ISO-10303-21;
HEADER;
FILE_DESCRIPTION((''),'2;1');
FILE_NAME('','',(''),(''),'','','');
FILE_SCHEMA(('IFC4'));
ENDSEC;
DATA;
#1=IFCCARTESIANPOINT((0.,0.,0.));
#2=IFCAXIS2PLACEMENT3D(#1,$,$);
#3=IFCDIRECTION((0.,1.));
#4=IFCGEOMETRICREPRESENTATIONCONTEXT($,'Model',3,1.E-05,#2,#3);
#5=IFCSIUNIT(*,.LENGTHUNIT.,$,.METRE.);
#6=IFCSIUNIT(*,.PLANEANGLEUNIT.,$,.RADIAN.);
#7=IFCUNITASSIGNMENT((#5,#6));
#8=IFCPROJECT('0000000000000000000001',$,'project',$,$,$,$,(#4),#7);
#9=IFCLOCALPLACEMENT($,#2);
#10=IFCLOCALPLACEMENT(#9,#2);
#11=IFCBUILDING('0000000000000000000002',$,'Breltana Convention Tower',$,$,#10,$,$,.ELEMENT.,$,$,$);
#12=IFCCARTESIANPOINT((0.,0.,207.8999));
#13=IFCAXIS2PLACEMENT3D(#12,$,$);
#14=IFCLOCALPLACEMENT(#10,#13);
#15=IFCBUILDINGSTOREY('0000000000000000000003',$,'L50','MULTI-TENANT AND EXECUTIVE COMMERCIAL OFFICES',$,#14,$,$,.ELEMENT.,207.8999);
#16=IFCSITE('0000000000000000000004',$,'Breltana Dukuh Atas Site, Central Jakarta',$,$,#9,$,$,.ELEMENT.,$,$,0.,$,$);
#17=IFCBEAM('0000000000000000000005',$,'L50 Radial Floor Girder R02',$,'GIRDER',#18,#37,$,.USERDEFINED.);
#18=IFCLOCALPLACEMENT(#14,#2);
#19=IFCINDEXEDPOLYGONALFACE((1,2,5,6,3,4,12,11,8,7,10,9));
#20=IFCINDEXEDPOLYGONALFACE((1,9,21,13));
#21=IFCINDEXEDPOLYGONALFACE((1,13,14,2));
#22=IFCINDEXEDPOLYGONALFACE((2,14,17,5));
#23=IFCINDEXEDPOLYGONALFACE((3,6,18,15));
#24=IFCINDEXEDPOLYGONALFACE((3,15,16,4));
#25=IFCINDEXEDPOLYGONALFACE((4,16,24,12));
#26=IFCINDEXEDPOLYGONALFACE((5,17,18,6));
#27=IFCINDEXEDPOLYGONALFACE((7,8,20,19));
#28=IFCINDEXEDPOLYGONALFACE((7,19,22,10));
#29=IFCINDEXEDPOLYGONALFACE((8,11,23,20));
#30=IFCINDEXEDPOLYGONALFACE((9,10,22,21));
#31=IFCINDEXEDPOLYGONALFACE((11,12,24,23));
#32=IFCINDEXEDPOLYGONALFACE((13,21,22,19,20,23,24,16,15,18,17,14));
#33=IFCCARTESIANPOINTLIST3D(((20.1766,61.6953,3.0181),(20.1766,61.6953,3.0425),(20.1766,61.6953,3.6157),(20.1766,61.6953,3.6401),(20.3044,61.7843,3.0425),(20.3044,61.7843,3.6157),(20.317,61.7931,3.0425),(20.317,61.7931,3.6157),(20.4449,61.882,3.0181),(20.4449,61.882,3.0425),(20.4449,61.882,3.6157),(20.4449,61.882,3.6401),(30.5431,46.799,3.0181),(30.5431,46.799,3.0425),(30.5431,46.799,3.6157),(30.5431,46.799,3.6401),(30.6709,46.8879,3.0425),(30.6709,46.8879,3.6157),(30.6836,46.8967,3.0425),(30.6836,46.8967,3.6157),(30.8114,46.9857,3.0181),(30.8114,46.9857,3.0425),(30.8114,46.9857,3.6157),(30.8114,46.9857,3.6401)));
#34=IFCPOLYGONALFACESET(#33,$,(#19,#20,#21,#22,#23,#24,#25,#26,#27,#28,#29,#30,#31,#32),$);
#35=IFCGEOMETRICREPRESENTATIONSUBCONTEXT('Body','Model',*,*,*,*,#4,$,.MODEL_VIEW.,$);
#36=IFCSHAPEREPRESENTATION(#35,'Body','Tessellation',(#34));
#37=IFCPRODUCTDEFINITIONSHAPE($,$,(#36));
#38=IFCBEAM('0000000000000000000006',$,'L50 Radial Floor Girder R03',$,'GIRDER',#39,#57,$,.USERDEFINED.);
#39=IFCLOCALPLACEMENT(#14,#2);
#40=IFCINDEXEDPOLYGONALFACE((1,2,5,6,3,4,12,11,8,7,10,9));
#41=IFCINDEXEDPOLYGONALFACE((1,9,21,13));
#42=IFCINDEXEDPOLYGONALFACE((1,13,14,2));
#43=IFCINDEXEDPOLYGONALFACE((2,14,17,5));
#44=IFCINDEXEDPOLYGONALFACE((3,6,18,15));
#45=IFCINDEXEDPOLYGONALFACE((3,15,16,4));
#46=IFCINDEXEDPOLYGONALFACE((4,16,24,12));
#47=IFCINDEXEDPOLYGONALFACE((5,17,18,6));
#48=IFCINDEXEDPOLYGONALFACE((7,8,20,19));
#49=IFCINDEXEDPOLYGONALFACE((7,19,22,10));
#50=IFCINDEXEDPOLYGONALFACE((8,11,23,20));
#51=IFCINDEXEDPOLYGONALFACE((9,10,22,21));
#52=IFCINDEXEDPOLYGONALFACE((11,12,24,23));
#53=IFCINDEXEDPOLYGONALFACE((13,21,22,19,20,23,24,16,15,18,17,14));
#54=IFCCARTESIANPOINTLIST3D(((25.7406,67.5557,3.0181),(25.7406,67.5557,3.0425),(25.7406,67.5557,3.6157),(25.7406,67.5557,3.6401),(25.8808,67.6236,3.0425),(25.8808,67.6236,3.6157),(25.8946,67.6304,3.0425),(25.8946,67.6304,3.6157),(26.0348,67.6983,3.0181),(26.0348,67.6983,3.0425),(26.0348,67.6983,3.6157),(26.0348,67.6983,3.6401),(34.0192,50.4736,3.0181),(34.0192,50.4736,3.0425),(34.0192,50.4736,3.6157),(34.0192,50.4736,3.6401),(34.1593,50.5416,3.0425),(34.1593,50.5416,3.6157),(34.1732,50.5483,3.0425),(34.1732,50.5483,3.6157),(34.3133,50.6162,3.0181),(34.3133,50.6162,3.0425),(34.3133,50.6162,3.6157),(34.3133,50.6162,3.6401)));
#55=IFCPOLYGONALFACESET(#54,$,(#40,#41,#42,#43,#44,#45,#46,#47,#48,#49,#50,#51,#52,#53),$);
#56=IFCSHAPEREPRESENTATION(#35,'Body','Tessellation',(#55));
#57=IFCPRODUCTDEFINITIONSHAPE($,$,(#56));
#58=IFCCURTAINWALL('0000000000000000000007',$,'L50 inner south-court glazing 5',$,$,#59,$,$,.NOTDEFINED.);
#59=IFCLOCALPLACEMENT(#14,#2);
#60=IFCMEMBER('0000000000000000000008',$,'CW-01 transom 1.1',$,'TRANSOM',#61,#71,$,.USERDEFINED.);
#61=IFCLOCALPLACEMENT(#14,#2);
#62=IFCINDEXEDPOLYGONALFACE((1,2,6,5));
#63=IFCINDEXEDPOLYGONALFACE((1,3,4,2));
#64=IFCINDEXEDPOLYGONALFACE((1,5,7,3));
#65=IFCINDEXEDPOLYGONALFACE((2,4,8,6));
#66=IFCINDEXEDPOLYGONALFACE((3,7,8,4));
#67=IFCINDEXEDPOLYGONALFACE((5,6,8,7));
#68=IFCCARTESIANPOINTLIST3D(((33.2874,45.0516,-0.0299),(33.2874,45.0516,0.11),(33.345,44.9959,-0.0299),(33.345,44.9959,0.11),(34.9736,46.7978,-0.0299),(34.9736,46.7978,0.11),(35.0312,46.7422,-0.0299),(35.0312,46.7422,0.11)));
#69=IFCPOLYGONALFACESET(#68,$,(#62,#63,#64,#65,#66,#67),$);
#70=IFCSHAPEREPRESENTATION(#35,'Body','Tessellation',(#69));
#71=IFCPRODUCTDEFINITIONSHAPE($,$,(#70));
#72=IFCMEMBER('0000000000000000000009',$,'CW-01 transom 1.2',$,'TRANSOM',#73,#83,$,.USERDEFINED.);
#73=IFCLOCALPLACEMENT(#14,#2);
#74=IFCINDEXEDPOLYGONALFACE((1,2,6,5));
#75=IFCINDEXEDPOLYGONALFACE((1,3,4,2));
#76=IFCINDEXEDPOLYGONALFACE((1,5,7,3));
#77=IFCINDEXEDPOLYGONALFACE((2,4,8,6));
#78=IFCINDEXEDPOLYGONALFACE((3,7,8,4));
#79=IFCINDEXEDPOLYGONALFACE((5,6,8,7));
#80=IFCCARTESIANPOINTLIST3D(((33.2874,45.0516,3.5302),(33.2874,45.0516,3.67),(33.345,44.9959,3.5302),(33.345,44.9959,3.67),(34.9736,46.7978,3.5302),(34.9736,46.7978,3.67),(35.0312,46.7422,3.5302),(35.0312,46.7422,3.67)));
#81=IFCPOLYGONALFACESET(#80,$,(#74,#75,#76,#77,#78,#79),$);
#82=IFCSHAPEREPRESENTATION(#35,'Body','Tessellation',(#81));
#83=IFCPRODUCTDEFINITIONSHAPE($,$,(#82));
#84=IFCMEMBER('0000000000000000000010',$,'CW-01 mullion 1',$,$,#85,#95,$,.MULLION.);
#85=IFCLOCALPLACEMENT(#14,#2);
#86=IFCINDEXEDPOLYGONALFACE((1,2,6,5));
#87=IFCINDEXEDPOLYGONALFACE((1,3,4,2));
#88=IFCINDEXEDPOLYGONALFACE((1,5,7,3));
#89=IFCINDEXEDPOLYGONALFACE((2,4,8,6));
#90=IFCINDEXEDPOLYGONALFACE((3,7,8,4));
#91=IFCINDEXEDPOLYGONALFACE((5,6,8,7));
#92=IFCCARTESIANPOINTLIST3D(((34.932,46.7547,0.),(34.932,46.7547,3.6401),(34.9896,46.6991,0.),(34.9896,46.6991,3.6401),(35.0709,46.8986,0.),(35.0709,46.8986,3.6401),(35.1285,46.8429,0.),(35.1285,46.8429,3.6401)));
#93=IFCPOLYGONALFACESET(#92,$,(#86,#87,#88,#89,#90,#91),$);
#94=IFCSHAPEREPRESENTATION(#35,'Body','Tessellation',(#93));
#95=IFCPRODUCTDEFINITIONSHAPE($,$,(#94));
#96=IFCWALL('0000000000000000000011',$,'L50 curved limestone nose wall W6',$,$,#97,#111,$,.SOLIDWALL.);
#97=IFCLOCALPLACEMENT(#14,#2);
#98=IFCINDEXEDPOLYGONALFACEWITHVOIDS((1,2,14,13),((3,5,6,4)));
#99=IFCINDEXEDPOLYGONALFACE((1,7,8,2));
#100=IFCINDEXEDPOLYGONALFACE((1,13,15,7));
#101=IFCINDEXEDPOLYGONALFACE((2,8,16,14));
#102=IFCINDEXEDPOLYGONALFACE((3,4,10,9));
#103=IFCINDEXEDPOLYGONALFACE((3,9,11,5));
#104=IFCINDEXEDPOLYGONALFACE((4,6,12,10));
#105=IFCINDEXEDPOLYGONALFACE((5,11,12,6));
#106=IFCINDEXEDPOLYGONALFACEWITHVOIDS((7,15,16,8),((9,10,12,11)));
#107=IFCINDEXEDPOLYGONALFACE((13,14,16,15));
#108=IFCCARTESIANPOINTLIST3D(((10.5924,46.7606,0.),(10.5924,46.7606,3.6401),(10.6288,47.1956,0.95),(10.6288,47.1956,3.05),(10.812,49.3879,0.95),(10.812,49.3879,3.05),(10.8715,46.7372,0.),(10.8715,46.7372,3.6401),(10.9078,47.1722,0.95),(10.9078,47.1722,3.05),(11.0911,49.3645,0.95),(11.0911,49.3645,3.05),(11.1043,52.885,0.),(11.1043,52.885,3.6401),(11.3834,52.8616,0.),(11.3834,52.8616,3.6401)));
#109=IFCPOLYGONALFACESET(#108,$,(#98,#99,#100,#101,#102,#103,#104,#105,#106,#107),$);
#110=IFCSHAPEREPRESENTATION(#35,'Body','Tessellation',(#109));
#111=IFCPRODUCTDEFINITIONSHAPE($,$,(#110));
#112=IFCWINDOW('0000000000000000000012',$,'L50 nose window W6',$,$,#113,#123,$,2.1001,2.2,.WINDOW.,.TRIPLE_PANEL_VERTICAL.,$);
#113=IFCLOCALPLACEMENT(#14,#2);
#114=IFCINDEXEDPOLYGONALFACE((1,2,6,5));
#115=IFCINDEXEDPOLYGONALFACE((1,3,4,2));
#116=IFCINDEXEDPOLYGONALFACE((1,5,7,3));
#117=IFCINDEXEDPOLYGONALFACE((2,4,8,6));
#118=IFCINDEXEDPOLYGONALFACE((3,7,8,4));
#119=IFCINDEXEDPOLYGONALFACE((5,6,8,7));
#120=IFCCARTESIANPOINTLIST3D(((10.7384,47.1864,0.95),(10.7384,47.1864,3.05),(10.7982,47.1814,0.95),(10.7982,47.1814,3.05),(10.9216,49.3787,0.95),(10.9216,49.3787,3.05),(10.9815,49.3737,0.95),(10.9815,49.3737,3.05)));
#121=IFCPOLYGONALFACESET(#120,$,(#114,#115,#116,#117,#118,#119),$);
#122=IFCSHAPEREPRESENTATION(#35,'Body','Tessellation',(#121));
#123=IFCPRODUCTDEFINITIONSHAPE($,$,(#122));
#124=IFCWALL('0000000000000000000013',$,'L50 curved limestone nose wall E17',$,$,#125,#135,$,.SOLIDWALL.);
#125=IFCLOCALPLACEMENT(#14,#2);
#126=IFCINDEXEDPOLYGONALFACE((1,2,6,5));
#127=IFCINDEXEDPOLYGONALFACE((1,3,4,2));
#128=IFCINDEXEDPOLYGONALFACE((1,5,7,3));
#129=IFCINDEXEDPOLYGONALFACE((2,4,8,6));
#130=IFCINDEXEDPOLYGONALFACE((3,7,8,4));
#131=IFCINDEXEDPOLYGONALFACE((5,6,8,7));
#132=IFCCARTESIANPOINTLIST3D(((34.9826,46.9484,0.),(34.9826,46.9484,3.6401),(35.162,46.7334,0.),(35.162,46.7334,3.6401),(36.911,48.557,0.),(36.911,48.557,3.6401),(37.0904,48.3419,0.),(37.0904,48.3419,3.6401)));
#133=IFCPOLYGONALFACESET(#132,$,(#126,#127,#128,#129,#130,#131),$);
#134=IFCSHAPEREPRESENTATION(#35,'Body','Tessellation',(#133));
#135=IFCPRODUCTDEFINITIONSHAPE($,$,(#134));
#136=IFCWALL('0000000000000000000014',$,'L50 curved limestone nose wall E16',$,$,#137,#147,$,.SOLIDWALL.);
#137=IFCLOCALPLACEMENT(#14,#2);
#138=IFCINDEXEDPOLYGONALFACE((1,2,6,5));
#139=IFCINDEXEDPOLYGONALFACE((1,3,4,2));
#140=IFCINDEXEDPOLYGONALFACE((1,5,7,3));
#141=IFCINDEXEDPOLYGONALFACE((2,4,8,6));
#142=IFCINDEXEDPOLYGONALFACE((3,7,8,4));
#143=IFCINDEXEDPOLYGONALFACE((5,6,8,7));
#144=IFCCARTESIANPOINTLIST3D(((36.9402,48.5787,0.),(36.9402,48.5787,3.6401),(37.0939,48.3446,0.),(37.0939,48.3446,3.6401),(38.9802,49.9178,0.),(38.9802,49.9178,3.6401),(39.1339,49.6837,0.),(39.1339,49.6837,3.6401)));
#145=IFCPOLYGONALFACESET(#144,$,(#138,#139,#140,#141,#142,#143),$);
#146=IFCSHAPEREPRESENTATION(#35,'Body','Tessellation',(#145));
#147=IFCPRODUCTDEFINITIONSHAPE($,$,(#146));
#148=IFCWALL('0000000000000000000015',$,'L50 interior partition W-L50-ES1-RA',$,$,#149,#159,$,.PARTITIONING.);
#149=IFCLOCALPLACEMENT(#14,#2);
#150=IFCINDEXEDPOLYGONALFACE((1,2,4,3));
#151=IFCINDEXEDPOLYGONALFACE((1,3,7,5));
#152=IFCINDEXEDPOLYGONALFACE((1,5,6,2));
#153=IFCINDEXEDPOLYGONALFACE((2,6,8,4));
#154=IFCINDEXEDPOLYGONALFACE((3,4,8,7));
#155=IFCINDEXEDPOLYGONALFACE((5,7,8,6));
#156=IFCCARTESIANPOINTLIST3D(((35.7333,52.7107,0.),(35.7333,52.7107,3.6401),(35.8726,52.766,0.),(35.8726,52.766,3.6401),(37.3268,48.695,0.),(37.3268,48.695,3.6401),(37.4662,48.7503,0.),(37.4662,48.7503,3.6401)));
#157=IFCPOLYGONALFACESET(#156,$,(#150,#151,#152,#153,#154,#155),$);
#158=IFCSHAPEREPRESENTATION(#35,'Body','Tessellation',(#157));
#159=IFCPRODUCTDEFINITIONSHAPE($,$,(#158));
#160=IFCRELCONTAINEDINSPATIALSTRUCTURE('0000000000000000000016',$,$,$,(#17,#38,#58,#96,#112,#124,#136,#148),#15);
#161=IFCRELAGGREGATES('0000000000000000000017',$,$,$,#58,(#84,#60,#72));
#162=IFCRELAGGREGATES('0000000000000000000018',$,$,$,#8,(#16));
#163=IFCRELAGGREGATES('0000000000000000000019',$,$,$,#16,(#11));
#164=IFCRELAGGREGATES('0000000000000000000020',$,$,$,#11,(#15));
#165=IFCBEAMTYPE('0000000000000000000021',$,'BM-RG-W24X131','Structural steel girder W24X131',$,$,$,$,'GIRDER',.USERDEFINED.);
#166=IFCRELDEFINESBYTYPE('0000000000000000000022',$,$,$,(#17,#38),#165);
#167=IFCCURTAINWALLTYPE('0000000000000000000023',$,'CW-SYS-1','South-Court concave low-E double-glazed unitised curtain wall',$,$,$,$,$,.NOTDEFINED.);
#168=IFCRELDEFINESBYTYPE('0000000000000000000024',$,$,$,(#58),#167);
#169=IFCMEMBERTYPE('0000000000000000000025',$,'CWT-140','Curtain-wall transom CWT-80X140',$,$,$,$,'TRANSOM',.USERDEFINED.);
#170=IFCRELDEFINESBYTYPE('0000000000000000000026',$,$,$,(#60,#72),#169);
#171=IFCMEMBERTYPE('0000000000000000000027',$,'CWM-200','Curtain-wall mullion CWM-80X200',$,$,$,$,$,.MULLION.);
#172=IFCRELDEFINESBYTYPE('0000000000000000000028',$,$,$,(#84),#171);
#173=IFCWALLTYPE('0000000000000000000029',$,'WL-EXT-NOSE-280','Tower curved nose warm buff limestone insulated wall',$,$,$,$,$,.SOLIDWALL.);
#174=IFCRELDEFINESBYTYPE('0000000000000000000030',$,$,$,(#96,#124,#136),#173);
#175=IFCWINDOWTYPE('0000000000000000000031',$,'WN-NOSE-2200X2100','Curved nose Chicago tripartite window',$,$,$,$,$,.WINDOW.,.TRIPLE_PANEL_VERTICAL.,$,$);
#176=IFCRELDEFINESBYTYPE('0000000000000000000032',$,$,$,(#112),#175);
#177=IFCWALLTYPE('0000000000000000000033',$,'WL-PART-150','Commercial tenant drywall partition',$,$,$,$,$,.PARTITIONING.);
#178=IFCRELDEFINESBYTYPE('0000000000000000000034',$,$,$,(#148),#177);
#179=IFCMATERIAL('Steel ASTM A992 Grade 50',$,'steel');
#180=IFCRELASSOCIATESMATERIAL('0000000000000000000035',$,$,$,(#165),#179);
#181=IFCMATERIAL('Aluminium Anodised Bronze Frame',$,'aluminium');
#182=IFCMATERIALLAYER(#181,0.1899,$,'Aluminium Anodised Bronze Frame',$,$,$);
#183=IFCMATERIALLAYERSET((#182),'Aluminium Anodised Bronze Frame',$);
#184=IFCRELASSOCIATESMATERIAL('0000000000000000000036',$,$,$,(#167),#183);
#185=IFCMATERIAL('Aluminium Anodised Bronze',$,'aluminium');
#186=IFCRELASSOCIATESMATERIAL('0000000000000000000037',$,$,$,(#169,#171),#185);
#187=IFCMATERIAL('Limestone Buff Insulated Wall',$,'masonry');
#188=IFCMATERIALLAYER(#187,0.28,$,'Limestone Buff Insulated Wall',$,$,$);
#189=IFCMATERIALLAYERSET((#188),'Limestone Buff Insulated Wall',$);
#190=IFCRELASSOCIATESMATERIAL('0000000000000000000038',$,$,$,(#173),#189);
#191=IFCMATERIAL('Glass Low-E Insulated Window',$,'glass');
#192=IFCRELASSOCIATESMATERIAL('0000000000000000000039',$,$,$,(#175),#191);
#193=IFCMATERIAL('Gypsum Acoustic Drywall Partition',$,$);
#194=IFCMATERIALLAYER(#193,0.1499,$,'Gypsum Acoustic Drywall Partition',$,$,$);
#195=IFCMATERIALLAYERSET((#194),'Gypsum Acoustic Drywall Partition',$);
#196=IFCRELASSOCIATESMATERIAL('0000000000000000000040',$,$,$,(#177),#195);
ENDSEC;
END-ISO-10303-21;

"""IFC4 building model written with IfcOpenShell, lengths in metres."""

from ifc_helpers import new_model, si_unit, direction, frame, frame_2d, origin, origin_2d, place, context, subcontext, project, spatial, rectangle, i_section, extrude, source, transform, mapped, material, layer, layer_set, material_profile, profile_set, type_object, type_shapes, element, fill, aggregate, save


model = new_model("IFC4")

# Units and contexts
model_context = context("Model", 3, precision=1e-05, world=origin(), true_north=direction((0.0, 1.0)))
body_context = subcontext(model_context, "Body", "Model", "MODEL_VIEW")
ifc_project = project(units=[si_unit("LENGTHUNIT", "METRE"), si_unit("PLANEANGLEUNIT", "RADIAN")], contexts=[model_context])

# Site, building, storey
site_placement = place(None, origin())
site = spatial("IfcSite", under=ifc_project, at=site_placement, Name="Breltana Dukuh Atas Site, Central Jakarta", CompositionType="ELEMENT", RefElevation=0.0)
building_placement = place(site_placement, origin())
building = spatial("IfcBuilding", under=site, at=building_placement, Name="Breltana Convention Tower", CompositionType="ELEMENT")
storey_placement = place(building_placement, frame((0.0, 0.0, 207.8999)))
storey = spatial("IfcBuildingStorey", under=building, at=storey_placement, Name="L50", Description="MULTI-TENANT AND EXECUTIVE COMMERCIAL OFFICES", CompositionType="ELEMENT", Elevation=207.8999)

# Shared definitions
ifc_material_1 = material(Name="Steel ASTM A992 Grade 50", Category="steel")

# Beams
ifc_material_profile_1 = material_profile(ifc_material_1, i_section(OverallWidth=0.3269, OverallDepth=0.6221, WebThickness=0.0154, FlangeThickness=0.0244, at=origin_2d()), Name="W24X131")
ifc_profile_set_1 = profile_set([ifc_material_profile_1], Name="Steel ASTM A992 Grade 50")
beam_type_1 = type_object("IfcBeamType", Name="BM-RG-W24X131", Description="Structural steel girder W24X131", ElementType="GIRDER", PredefinedType="USERDEFINED", material=ifc_profile_set_1)
shared_shape_1 = source(origin(), body_context, "Body", "SweptSolid", [
    extrude(i_section(OverallWidth=0.3269, OverallDepth=0.6221, WebThickness=0.0154, FlangeThickness=0.0244, at=origin_2d()), origin(), (0.0, 0.0, 1.0), 18.1484),
])
beam_1_placement = place(storey_placement, frame((30.6772, 46.8923, 3.3291), z_axis=(-0.571208, 0.820806, 0.0), x_axis=(-0.820806, -0.571208, 0.0)))
element("IfcBeam", 1, at=beam_1_placement, inside=storey, type_object=beam_type_1, Name="L50 Radial Floor Girder R02", ObjectType="GIRDER", PredefinedType="USERDEFINED", context=body_context, shape_type="MappedRepresentation", body=[
    mapped(shared_shape_1, transform((0.0, 0.0, 0.0), scale=1.0)),
])
shared_shape_2 = source(origin(), body_context, "Body", "SweptSolid", [
    extrude(i_section(OverallWidth=0.3269, OverallDepth=0.6221, WebThickness=0.0154, FlangeThickness=0.0244, at=origin_2d()), origin(), (0.0, 0.0, 1.0), 18.9824),
])
beam_2_placement = place(storey_placement, frame((34.1663, 50.5449, 3.3291), z_axis=(-0.436119, 0.899889, 0.0), x_axis=(-0.899889, -0.436119, 0.0)))
element("IfcBeam", 2, at=beam_2_placement, inside=storey, type_object=beam_type_1, Name="L50 Radial Floor Girder R03", ObjectType="GIRDER", PredefinedType="USERDEFINED", context=body_context, shape_type="MappedRepresentation", body=[
    mapped(shared_shape_2, transform((0.0, 0.0, 0.0), scale=1.0)),
])

# Curtain wall, members
ifc_material_2 = material(Name="Aluminium Anodised Bronze Frame", Category="aluminium")
ifc_layer_1 = layer(ifc_material_2, 0.1899, Name="Aluminium Anodised Bronze Frame")
ifc_layer_set_1 = layer_set([ifc_layer_1], Name="Aluminium Anodised Bronze Frame")
curtain_wall_type = type_object("IfcCurtainWallType", Name="CW-SYS-1", Description="South-Court concave low-E double-glazed unitised curtain wall", PredefinedType="NOTDEFINED", material=ifc_layer_set_1)
curtain_wall_placement = place(storey_placement, origin())
curtain_wall = element("IfcCurtainWall", 3, at=curtain_wall_placement, inside=storey, type_object=curtain_wall_type, Name="L50 inner south-court glazing 5", PredefinedType="NOTDEFINED")
ifc_material_3 = material(Name="Aluminium Anodised Bronze", Category="aluminium")
ifc_material_profile_2 = material_profile(ifc_material_3, rectangle(XDim=0.0801, YDim=0.1399, at=origin_2d()), Name="CWT-80X140")
ifc_profile_set_2 = profile_set([ifc_material_profile_2], Name="Aluminium Anodised Bronze")
member_type_1 = type_object("IfcMemberType", Name="CWT-140", Description="Curtain-wall transom CWT-80X140", ElementType="TRANSOM", PredefinedType="USERDEFINED", material=ifc_profile_set_2)
shared_shape_3 = source(origin(), body_context, "Body", "SweptSolid", [
    extrude(rectangle(XDim=0.0801, YDim=0.1399, at=origin_2d()), origin(), (0.0, 0.0, 1.0), 2.4275),
])
member_1_placement = place(storey_placement, frame((35.0024, 46.77, 0.04), z_axis=(-0.694629, -0.719369, 0.0), x_axis=(0.719369, -0.694629, 0.0)))
member_1 = element("IfcMember", 4, at=member_1_placement, type_object=member_type_1, Name="CW-01 transom 1.1", ObjectType="TRANSOM", PredefinedType="USERDEFINED", context=body_context, shape_type="MappedRepresentation", body=[
    mapped(shared_shape_3, transform((0.0, 0.0, 0.0), scale=1.0)),
])
member_2_placement = place(storey_placement, frame((35.0024, 46.77, 3.6001), z_axis=(-0.694629, -0.719369, 0.0), x_axis=(0.719369, -0.694629, 0.0)))
member_2 = element("IfcMember", 5, at=member_2_placement, type_object=member_type_1, Name="CW-01 transom 1.2", ObjectType="TRANSOM", PredefinedType="USERDEFINED", context=body_context, shape_type="MappedRepresentation", body=[
    mapped(shared_shape_3, transform((0.0, 0.0, 0.0), scale=1.0)),
])
ifc_material_profile_3 = material_profile(ifc_material_3, rectangle(XDim=0.0801, YDim=0.2, at=origin_2d()), Name="CWM-80X200")
ifc_profile_set_3 = profile_set([ifc_material_profile_3], Name="Aluminium Anodised Bronze")
member_type_2 = type_object("IfcMemberType", Name="CWM-200", Description="Curtain-wall mullion CWM-80X200", PredefinedType="MULLION", material=ifc_profile_set_3)
shared_shape_4 = source(origin(), body_context, "Body", "SweptSolid", [
    extrude(rectangle(XDim=0.0801, YDim=0.2, at=origin_2d()), origin(), (0.0, 0.0, 1.0), 3.6401),
])
member_3_placement = place(storey_placement, frame((35.0303, 46.7988, 0.0), z_axis=(0.0, 0.0, 1.0), x_axis=(0.719366, -0.694632, 0.0)))
member_3 = element("IfcMember", 6, at=member_3_placement, type_object=member_type_2, Name="CW-01 mullion 1", PredefinedType="MULLION", context=body_context, shape_type="MappedRepresentation", body=[
    mapped(shared_shape_4, transform((0.0, 0.0, 0.0), scale=1.0)),
])
aggregate(curtain_wall, [member_3, member_1, member_2])

# Wall, opening, window
ifc_material_4 = material(Name="Limestone Buff Insulated Wall", Category="masonry")
ifc_layer_2 = layer(ifc_material_4, 0.28, Name="Limestone Buff Insulated Wall")
ifc_layer_set_2 = layer_set([ifc_layer_2], Name="Limestone Buff Insulated Wall")
wall_type_1 = type_object("IfcWallType", Name="WL-EXT-NOSE-280", Description="Tower curved nose warm buff limestone insulated wall", PredefinedType="SOLIDWALL", material=ifc_layer_set_2)
shared_shape_5 = source(origin(), body_context, "Body", "SweptSolid", [
    extrude(rectangle(XDim=6.1458, YDim=0.28, at=frame_2d((3.0728, 0.0))), origin(), (0.0, 0.0, 1.0), 3.6401),
])
wall_1_placement = place(storey_placement, frame((10.7319, 46.749, 0.0), z_axis=(0.0, 0.0, 1.0), x_axis=(0.083302, 0.996524, 0.0)))
wall_1 = element("IfcWall", 7, at=wall_1_placement, inside=storey, type_object=wall_type_1, Name="L50 curved limestone nose wall W6", PredefinedType="SOLIDWALL", context=body_context, shape_type="MappedRepresentation", body=[
    mapped(shared_shape_5, transform((0.0, 0.0, 0.0), scale=1.0)),
])
opening_placement = place(wall_1_placement, frame((0.4363, 0.0, 0.95)))
opening = element("IfcOpeningElement", 8, at=opening_placement, cuts=wall_1, PredefinedType="OPENING", context=body_context, shape_type="SweptSolid", body=[
    extrude(rectangle(XDim=2.2, YDim=2.1001, at=frame_2d((1.1001, 1.05))), frame((0.0, 0.1499, 0.0), z_axis=(0.0, -1.0, 0.0), x_axis=(1.0, 0.0, 0.0)), (0.0, 0.0, 1.0), 0.3),
])
ifc_material_5 = material(Name="Glass Low-E Insulated Window", Category="glass")
window_type = type_object("IfcWindowType", Name="WN-NOSE-2200X2100", Description="Curved nose Chicago tripartite window", PartitioningType="TRIPLE_PANEL_VERTICAL", PredefinedType="WINDOW", material=ifc_material_5)
shared_shape_6 = source(origin(), body_context, "Body", "SweptSolid", [
    extrude(rectangle(XDim=2.2, YDim=2.1001, at=frame_2d((1.1001, 1.05))), frame((0.0, 0.03, 0.0), z_axis=(0.0, -1.0, 0.0), x_axis=(1.0, 0.0, 0.0)), (0.0, 0.0, 1.0), 0.0601),
])
type_shapes(window_type, [shared_shape_6])
window_placement = place(opening_placement, origin())
window = element("IfcWindow", 9, at=window_placement, inside=storey, type_object=window_type, Name="L50 nose window W6", OverallHeight=2.1001, OverallWidth=2.2, PartitioningType="TRIPLE_PANEL_VERTICAL", PredefinedType="WINDOW", context=body_context, shape_type="MappedRepresentation", body=[
    mapped(shared_shape_6, transform((0.0, 0.0, 0.0), scale=1.0)),
])
fill(opening, window)

# Walls
shared_shape_7 = source(origin(), body_context, "Body", "SweptSolid", [
    extrude(rectangle(XDim=2.5112, YDim=0.28, at=frame_2d((1.2556, 0.0))), origin(), (0.0, 0.0, 1.0), 3.6401),
])
wall_2_placement = place(storey_placement, frame((37.0007, 48.4495, 0.0), z_axis=(0.0, 0.0, 1.0), x_axis=(-0.76791, -0.640557, 0.0)))
element("IfcWall", 10, at=wall_2_placement, inside=storey, type_object=wall_type_1, Name="L50 curved limestone nose wall E17", PredefinedType="SOLIDWALL", context=body_context, shape_type="MappedRepresentation", body=[
    mapped(shared_shape_7, transform((0.0, 0.0, 0.0), scale=1.0)),
])
shared_shape_8 = source(origin(), body_context, "Body", "SweptSolid", [
    extrude(rectangle(XDim=2.4402, YDim=0.28, at=frame_2d((1.2202, 0.0))), origin(), (0.0, 0.0, 1.0), 3.6401),
])
wall_3_placement = place(storey_placement, frame((39.0571, 49.8008, 0.0), z_axis=(0.0, 0.0, 1.0), x_axis=(-0.835985, -0.548753, 0.0)))
element("IfcWall", 11, at=wall_3_placement, inside=storey, type_object=wall_type_1, Name="L50 curved limestone nose wall E16", PredefinedType="SOLIDWALL", context=body_context, shape_type="MappedRepresentation", body=[
    mapped(shared_shape_8, transform((0.0, 0.0, 0.0), scale=1.0)),
])
ifc_material_6 = material(Name="Gypsum Acoustic Drywall Partition")
ifc_layer_3 = layer(ifc_material_6, 0.1499, Name="Gypsum Acoustic Drywall Partition")
ifc_layer_set_3 = layer_set([ifc_layer_3], Name="Gypsum Acoustic Drywall Partition")
wall_type_2 = type_object("IfcWallType", Name="WL-PART-150", Description="Commercial tenant drywall partition", PredefinedType="PARTITIONING", material=ifc_layer_set_3)
shared_shape_9 = source(origin(), body_context, "Body", "SweptSolid", [
    extrude(rectangle(XDim=4.3203, YDim=0.1499, at=frame_2d((2.1602, 0.0))), origin(), (0.0, 0.0, 1.0), 3.6401),
])
wall_4_placement = place(storey_placement, frame((37.3965, 48.7227, 0.0), z_axis=(0.0, 0.0, 1.0), x_axis=(-0.368846, 0.92949, 0.0)))
element("IfcWall", 12, at=wall_4_placement, inside=storey, type_object=wall_type_2, Name="L50 interior partition W-L50-ES1-RA", PredefinedType="PARTITIONING", context=body_context, shape_type="MappedRepresentation", body=[
    mapped(shared_shape_9, transform((0.0, 0.0, 0.0), scale=1.0)),
])

save(model, "model.ifc")
